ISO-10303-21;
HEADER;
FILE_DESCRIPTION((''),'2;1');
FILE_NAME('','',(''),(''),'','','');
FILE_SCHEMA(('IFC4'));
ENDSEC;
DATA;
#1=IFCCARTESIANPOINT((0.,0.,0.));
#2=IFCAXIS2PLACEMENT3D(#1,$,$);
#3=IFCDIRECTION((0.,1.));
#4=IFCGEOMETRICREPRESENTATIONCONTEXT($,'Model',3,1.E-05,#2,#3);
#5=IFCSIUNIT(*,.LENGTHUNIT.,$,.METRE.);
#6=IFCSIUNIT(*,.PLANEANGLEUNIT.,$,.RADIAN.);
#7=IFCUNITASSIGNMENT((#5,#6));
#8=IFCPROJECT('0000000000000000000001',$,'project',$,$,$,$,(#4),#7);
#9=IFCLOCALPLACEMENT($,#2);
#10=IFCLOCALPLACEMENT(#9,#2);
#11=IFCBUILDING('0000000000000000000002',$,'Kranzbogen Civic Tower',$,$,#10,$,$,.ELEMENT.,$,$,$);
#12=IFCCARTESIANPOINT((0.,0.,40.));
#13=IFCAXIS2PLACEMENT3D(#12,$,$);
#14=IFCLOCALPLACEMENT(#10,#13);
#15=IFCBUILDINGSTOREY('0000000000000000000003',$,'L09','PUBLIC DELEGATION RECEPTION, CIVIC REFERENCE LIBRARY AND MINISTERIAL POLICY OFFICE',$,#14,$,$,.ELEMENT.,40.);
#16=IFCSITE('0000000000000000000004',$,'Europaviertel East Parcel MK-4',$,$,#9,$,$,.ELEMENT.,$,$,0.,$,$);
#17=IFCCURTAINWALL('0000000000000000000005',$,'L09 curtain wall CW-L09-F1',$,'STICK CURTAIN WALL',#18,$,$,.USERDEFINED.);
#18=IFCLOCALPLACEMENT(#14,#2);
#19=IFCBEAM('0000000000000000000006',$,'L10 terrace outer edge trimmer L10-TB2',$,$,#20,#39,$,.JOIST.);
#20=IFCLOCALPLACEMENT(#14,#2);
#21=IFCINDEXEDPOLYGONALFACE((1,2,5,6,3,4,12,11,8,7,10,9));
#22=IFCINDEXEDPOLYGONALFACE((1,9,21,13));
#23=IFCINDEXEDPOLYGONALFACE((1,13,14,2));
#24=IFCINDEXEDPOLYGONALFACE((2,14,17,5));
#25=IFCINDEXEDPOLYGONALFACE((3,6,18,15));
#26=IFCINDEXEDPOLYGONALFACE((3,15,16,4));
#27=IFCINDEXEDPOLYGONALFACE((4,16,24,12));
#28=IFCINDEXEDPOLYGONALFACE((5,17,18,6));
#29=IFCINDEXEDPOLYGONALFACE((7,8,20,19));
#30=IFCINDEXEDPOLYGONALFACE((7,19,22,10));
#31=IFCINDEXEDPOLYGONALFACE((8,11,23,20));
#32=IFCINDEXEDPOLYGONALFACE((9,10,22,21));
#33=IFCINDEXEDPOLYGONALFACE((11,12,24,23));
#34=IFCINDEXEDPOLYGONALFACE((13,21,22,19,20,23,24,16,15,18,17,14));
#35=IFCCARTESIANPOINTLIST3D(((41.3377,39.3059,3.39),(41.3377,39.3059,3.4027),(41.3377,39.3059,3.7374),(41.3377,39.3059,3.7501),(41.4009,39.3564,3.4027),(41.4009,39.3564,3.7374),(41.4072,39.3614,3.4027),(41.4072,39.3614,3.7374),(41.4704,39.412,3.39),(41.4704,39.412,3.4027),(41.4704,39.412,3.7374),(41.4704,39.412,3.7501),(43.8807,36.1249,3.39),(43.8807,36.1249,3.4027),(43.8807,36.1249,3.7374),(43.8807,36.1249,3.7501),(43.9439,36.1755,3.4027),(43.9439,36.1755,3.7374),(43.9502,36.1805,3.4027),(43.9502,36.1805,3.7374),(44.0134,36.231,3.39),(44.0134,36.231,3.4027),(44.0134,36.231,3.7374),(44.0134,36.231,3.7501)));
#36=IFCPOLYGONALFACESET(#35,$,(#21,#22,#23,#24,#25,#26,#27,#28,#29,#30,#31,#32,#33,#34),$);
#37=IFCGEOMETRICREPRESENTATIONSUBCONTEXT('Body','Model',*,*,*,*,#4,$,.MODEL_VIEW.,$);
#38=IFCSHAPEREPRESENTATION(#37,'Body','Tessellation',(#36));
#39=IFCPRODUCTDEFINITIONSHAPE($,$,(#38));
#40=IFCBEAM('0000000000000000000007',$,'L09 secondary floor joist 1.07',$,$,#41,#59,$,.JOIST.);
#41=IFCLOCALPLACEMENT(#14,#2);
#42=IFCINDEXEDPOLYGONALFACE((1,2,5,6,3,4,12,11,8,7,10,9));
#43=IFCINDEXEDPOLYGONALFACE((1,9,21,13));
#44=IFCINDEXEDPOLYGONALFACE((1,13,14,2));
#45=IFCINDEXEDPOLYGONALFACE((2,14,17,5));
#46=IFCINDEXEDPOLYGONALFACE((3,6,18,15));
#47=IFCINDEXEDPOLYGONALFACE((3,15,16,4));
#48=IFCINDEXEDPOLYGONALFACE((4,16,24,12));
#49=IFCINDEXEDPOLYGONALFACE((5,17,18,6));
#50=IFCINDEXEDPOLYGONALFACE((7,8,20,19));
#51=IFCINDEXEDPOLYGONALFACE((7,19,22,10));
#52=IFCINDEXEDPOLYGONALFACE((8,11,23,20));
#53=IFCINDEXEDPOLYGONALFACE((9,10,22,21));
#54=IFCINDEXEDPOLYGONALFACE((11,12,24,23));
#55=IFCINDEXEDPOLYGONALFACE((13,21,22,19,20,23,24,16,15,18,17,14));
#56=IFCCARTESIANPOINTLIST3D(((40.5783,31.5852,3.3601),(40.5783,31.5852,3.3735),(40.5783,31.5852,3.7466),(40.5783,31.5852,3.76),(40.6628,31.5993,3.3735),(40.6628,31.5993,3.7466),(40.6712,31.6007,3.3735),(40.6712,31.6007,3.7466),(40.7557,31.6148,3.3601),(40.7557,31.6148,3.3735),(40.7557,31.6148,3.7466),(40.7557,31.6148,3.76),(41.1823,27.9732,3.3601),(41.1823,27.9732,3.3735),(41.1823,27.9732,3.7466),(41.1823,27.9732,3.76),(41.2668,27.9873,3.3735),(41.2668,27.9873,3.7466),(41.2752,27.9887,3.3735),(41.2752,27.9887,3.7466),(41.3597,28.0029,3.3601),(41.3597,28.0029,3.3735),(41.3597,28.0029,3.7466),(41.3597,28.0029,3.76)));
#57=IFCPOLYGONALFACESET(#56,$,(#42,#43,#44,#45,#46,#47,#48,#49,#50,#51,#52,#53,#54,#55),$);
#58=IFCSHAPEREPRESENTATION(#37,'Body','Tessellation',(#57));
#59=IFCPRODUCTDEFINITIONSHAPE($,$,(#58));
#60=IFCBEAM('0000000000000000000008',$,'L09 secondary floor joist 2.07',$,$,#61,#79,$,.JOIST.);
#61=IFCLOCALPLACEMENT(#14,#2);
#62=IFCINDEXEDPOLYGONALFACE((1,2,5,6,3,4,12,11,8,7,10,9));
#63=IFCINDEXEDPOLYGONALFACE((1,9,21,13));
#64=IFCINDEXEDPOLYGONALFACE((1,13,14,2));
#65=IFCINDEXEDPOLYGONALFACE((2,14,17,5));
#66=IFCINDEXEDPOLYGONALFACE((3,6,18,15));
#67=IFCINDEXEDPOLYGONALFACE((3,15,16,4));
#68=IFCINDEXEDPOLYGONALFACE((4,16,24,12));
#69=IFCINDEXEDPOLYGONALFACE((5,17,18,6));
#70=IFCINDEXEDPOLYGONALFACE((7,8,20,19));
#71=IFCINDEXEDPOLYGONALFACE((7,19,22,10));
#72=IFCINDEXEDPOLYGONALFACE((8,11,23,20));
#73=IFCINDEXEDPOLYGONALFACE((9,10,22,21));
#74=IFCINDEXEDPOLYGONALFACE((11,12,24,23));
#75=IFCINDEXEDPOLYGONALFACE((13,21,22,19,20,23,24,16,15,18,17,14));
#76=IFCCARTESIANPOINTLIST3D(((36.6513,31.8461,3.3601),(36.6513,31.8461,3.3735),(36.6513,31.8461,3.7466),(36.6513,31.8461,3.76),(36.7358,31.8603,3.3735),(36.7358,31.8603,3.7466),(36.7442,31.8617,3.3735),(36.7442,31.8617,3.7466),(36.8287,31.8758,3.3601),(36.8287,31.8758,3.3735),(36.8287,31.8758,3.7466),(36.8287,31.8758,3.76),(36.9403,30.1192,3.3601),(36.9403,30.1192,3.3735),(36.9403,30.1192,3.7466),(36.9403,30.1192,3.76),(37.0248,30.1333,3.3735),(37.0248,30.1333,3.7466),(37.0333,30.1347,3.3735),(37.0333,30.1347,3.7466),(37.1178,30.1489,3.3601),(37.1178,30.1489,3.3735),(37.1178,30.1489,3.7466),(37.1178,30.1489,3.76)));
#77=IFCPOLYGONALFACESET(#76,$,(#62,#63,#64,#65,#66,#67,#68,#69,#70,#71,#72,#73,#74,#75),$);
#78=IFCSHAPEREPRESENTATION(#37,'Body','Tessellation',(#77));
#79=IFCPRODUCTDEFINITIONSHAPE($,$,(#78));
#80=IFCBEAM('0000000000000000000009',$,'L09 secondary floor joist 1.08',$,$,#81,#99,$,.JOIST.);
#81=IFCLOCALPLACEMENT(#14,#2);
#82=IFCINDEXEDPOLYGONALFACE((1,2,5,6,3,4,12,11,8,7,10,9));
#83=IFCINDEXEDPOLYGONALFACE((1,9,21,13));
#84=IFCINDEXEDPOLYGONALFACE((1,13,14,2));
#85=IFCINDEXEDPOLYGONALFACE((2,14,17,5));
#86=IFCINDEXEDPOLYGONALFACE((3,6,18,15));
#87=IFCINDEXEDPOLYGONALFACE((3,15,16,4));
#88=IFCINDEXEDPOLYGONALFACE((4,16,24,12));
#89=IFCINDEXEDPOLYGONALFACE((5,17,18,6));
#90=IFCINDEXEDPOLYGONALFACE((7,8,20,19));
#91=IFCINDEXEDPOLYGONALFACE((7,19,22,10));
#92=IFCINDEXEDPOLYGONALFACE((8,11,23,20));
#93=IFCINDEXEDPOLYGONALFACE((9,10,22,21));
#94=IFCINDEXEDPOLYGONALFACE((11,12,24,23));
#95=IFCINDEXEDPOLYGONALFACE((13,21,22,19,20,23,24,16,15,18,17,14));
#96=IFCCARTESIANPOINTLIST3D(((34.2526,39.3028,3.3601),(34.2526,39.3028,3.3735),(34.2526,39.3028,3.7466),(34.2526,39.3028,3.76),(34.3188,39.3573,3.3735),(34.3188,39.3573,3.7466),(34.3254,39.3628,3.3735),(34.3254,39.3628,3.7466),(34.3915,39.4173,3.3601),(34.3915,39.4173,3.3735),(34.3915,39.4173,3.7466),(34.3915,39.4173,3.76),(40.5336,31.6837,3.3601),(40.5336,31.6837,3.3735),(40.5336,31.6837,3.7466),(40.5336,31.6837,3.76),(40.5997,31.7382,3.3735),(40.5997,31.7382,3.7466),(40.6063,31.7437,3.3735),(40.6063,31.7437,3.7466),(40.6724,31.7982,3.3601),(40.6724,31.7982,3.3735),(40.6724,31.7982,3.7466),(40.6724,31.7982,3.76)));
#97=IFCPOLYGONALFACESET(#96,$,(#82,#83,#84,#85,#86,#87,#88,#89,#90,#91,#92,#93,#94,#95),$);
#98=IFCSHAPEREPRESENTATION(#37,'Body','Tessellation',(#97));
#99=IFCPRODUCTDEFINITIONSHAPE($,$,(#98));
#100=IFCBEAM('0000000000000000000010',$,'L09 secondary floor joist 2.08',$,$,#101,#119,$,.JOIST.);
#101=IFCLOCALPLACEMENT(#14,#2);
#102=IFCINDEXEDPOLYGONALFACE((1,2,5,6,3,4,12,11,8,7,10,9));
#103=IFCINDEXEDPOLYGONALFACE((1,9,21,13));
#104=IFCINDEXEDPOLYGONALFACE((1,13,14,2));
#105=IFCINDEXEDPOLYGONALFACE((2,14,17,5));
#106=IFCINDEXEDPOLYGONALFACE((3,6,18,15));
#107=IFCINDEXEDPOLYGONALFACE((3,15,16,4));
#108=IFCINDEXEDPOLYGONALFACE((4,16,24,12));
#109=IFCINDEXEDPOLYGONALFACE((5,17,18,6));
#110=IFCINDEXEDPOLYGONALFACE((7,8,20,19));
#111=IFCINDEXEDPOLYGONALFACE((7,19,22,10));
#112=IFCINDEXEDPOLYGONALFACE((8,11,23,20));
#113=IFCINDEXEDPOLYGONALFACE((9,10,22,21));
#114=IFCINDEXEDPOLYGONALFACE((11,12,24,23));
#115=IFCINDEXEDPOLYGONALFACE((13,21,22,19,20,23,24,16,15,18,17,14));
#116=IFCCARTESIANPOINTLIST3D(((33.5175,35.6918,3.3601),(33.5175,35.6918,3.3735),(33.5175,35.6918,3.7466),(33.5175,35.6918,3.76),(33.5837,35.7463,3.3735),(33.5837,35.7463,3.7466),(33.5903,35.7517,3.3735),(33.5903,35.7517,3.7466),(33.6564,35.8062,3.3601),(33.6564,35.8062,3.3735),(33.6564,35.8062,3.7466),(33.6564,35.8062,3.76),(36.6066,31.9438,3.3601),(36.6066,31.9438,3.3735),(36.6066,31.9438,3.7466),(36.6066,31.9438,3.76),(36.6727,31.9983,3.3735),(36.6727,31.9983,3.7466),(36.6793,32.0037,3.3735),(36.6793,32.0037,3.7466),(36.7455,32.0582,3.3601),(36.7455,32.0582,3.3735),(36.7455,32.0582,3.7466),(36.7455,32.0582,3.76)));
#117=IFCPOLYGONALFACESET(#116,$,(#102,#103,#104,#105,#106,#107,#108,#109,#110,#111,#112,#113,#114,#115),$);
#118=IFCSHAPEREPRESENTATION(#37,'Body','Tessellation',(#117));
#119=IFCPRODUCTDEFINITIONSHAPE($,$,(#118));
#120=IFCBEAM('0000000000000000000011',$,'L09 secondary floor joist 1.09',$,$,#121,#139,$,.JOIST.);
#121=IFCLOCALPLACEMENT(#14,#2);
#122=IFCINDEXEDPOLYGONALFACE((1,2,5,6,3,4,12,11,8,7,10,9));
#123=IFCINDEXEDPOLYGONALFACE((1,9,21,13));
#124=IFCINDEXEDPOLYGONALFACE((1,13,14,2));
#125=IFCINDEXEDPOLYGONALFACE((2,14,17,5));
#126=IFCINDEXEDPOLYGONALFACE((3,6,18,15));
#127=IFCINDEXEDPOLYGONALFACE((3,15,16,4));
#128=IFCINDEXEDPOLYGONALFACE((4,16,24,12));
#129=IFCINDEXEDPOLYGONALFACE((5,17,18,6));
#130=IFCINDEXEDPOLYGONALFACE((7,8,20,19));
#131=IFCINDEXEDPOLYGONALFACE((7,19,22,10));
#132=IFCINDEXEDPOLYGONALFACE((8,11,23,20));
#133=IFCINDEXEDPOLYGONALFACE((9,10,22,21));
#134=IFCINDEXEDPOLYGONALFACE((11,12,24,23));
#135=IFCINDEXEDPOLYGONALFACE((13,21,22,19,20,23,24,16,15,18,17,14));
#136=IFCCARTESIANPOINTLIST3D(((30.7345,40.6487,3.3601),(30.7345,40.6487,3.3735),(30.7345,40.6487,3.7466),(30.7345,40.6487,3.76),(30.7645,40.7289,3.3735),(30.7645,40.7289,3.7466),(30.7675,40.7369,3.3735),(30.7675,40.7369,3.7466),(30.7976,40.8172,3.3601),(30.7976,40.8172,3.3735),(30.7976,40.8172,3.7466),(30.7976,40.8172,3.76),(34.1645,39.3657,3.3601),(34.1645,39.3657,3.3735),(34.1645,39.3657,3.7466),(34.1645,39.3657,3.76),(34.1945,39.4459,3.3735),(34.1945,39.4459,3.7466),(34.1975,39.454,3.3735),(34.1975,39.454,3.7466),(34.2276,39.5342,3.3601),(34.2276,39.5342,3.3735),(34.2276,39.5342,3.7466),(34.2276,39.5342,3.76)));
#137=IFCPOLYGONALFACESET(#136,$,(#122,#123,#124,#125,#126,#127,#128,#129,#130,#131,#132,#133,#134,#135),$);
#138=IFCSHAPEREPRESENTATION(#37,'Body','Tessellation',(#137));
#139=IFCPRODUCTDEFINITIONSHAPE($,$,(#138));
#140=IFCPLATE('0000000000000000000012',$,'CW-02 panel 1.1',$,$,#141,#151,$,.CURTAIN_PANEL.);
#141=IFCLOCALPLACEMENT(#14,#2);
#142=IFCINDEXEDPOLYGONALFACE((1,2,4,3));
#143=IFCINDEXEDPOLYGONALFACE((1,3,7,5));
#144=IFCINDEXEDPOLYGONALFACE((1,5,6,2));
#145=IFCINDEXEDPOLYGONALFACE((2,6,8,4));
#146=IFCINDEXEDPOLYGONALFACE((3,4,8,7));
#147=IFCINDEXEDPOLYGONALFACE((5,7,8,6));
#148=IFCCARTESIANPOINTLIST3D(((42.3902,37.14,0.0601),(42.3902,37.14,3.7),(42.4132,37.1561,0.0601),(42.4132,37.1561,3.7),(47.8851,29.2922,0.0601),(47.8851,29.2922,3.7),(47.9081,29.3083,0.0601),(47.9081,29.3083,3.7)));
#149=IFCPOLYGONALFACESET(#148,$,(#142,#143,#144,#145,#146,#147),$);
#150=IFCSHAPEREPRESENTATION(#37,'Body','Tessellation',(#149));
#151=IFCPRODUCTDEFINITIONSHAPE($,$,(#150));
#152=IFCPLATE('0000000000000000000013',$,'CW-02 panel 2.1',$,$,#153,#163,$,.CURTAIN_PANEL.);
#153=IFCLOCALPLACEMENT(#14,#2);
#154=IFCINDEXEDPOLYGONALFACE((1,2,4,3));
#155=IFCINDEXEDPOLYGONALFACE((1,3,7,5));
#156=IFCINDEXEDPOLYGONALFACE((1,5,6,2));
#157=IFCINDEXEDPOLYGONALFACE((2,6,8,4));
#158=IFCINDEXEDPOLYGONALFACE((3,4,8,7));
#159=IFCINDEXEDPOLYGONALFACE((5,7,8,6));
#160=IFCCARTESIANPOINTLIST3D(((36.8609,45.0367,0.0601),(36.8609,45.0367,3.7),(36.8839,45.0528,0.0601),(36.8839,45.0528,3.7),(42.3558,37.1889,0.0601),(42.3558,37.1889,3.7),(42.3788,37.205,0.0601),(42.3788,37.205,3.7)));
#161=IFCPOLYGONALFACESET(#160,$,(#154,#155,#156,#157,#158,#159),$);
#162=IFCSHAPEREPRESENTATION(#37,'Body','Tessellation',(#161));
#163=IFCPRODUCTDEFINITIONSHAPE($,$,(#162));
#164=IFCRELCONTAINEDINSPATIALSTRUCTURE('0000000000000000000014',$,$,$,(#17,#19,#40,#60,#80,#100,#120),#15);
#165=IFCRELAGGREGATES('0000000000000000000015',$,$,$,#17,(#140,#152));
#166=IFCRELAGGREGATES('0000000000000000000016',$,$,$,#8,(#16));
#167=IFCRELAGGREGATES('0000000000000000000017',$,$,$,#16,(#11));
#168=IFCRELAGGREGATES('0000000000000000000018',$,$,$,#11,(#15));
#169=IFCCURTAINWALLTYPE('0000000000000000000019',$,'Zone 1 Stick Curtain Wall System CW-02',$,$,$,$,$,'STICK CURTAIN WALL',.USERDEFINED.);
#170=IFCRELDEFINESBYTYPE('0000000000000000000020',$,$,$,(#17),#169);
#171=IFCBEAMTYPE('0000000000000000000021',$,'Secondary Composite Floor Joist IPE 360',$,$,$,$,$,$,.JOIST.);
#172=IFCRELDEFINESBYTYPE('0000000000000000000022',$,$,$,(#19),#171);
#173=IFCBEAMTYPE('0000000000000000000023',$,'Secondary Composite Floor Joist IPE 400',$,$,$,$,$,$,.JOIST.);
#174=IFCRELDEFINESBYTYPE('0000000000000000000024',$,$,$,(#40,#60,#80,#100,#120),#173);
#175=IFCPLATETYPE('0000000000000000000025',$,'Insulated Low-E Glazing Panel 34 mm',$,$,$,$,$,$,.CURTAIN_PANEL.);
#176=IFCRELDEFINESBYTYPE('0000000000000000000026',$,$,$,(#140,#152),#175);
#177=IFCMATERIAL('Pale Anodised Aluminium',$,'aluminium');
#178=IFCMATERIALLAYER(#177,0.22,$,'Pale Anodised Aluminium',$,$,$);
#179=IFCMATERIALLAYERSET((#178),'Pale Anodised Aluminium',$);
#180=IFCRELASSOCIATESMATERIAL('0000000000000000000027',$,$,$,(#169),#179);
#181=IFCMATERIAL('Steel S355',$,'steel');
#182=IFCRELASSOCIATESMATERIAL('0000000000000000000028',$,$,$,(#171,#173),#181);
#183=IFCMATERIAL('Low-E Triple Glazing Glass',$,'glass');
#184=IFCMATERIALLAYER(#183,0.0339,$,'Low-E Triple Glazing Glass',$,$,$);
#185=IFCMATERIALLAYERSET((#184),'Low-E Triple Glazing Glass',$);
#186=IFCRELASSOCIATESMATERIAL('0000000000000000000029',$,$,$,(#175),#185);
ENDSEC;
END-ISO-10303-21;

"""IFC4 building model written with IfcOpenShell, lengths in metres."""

from ifc_helpers import new_model, si_unit, direction, frame, origin, origin_2d, place, context, subcontext, project, spatial, rectangle, i_section, extrude, material, layer, layer_set, material_profile, profile_set, type_object, element, aggregate, save


model = new_model("IFC4")

# Units and contexts
model_context = context("Model", 3, precision=1e-05, world=origin(), true_north=direction((0.0, 1.0)))
body_context = subcontext(model_context, "Body", "Model", "MODEL_VIEW")
ifc_project = project(units=[si_unit("LENGTHUNIT", "METRE"), si_unit("PLANEANGLEUNIT", "RADIAN")], contexts=[model_context])

# Site, building, storey
site_placement = place(None, origin())
site = spatial("IfcSite", under=ifc_project, at=site_placement, Name="Europaviertel East Parcel MK-4", CompositionType="ELEMENT", RefElevation=0.0)
building_placement = place(site_placement, origin())
building = spatial("IfcBuilding", under=site, at=building_placement, Name="Kranzbogen Civic Tower", CompositionType="ELEMENT")
storey_placement = place(building_placement, frame((0.0, 0.0, 40.0)))
storey = spatial("IfcBuildingStorey", under=building, at=storey_placement, Name="L09", Description="PUBLIC DELEGATION RECEPTION, CIVIC REFERENCE LIBRARY AND MINISTERIAL POLICY OFFICE", CompositionType="ELEMENT", Elevation=40.0)

# Shared definitions
ifc_material_1 = material(Name="Steel S355", Category="steel")

# Curtain wall
ifc_material_2 = material(Name="Pale Anodised Aluminium", Category="aluminium")
ifc_layer_1 = layer(ifc_material_2, 0.22, Name="Pale Anodised Aluminium")
ifc_layer_set_1 = layer_set([ifc_layer_1], Name="Pale Anodised Aluminium")
curtain_wall_type = type_object("IfcCurtainWallType", Name="Zone 1 Stick Curtain Wall System CW-02", ElementType="STICK CURTAIN WALL", PredefinedType="USERDEFINED", material=ifc_layer_set_1)
curtain_wall_1_placement = place(storey_placement, origin())
curtain_wall_1 = element("IfcCurtainWall", 1, at=curtain_wall_1_placement, inside=storey, type_object=curtain_wall_type, Name="L09 curtain wall CW-L09-F1", ObjectType="STICK CURTAIN WALL", PredefinedType="USERDEFINED")

# Beams
ifc_material_profile_1 = material_profile(ifc_material_1, i_section(OverallWidth=0.1699, OverallDepth=0.3601, WebThickness=0.0081, FlangeThickness=0.0127, at=origin_2d()), Name="IPE 360")
ifc_profile_set_1 = profile_set([ifc_material_profile_1], Name="Steel S355")
beam_type_1 = type_object("IfcBeamType", Name="Secondary Composite Floor Joist IPE 360", PredefinedType="JOIST", material=ifc_profile_set_1)
beam_1_placement = place(storey_placement, frame((43.947, 36.178, 3.5701), z_axis=(-0.624432, 0.781079, 0.0), x_axis=(-0.781079, -0.624432, 0.0)))
element("IfcBeam", 2, at=beam_1_placement, inside=storey, type_object=beam_type_1, Name="L10 terrace outer edge trimmer L10-TB2", PredefinedType="JOIST", context=body_context, shape_type="SweptSolid", body=[
    extrude(i_section(OverallWidth=0.1699, OverallDepth=0.3601, WebThickness=0.0081, FlangeThickness=0.0127, at=origin_2d()), origin(), (0.0, 0.0, 1.0), 4.0725),
])
ifc_material_profile_2 = material_profile(ifc_material_1, i_section(OverallWidth=0.1799, OverallDepth=0.3999, WebThickness=0.0085, FlangeThickness=0.0134, at=origin_2d()), Name="IPE 400")
ifc_profile_set_2 = profile_set([ifc_material_profile_2], Name="Steel S355")
beam_type_2 = type_object("IfcBeamType", Name="Secondary Composite Floor Joist IPE 400", PredefinedType="JOIST", material=ifc_profile_set_2)
beam_2_placement = place(storey_placement, frame((41.271, 27.988, 3.5601), z_axis=(-0.164929, 0.986305, 0.0), x_axis=(-0.986305, -0.164929, 0.0)))
element("IfcBeam", 3, at=beam_2_placement, inside=storey, type_object=beam_type_2, Name="L09 secondary floor joist 1.07", PredefinedType="JOIST", context=body_context, shape_type="SweptSolid", body=[
    extrude(i_section(OverallWidth=0.1799, OverallDepth=0.3999, WebThickness=0.0085, FlangeThickness=0.0134, at=origin_2d()), origin(), (0.0, 0.0, 1.0), 3.6621),
])
beam_3_placement = place(storey_placement, frame((37.0291, 30.134, 3.5601), z_axis=(-0.165077, 0.986281, 0.0), x_axis=(-0.986281, -0.165077, 0.0)))
element("IfcBeam", 4, at=beam_3_placement, inside=storey, type_object=beam_type_2, Name="L09 secondary floor joist 2.07", PredefinedType="JOIST", context=body_context, shape_type="SweptSolid", body=[
    extrude(i_section(OverallWidth=0.1799, OverallDepth=0.3999, WebThickness=0.0085, FlangeThickness=0.0134, at=origin_2d()), origin(), (0.0, 0.0, 1.0), 1.751),
])
beam_4_placement = place(storey_placement, frame((40.603, 31.741, 3.5601), z_axis=(-0.636095, 0.771611, 0.0), x_axis=(-0.771611, -0.636095, 0.0)))
element("IfcBeam", 5, at=beam_4_placement, inside=storey, type_object=beam_type_2, Name="L09 secondary floor joist 1.08", PredefinedType="JOIST", context=body_context, shape_type="SweptSolid", body=[
    extrude(i_section(OverallWidth=0.1799, OverallDepth=0.3999, WebThickness=0.0085, FlangeThickness=0.0134, at=origin_2d()), origin(), (0.0, 0.0, 1.0), 9.8743),
])
beam_5_placement = place(storey_placement, frame((36.676, 32.001, 3.5601), z_axis=(-0.636012, 0.771679, 0.0), x_axis=(-0.771679, -0.636012, 0.0)))
element("IfcBeam", 6, at=beam_5_placement, inside=storey, type_object=beam_type_2, Name="L09 secondary floor joist 2.08", PredefinedType="JOIST", context=body_context, shape_type="SweptSolid", body=[
    extrude(i_section(OverallWidth=0.1799, OverallDepth=0.3999, WebThickness=0.0085, FlangeThickness=0.0134, at=origin_2d()), origin(), (0.0, 0.0, 1.0), 4.8569),
])
beam_6_placement = place(storey_placement, frame((34.196, 39.45, 3.5601), z_axis=(-0.936622, 0.350342, 0.0), x_axis=(-0.350342, -0.936622, 0.0)))
element("IfcBeam", 7, at=beam_6_placement, inside=storey, type_object=beam_type_2, Name="L09 secondary floor joist 1.09", PredefinedType="JOIST", context=body_context, shape_type="SweptSolid", body=[
    extrude(i_section(OverallWidth=0.1799, OverallDepth=0.3999, WebThickness=0.0085, FlangeThickness=0.0134, at=origin_2d()), origin(), (0.0, 0.0, 1.0), 3.6621),
])

# Plates
ifc_material_3 = material(Name="Low-E Triple Glazing Glass", Category="glass")
ifc_layer_2 = layer(ifc_material_3, 0.0339, Name="Low-E Triple Glazing Glass")
ifc_layer_set_2 = layer_set([ifc_layer_2], Name="Low-E Triple Glazing Glass")
plate_type = type_object("IfcPlateType", Name="Insulated Low-E Glazing Panel 34 mm", PredefinedType="CURTAIN_PANEL", material=ifc_layer_set_2)
plate_1_placement = place(storey_placement, frame((45.1492, 33.2241, 0.0601), z_axis=(0.0, 0.0, 1.0), x_axis=(-0.573563, 0.819161, 0.0)))
plate_1 = element("IfcPlate", 8, at=plate_1_placement, type_object=plate_type, Name="CW-02 panel 1.1", PredefinedType="CURTAIN_PANEL", context=body_context, shape_type="SweptSolid", body=[
    extrude(rectangle(XDim=9.5803, YDim=0.0281, at=origin_2d()), origin(), (0.0, 0.0, 1.0), 3.6399),
])
plate_2_placement = place(storey_placement, frame((39.6199, 41.1208, 0.0601), z_axis=(0.0, 0.0, 1.0), x_axis=(-0.573563, 0.819161, 0.0)))
plate_2 = element("IfcPlate", 9, at=plate_2_placement, type_object=plate_type, Name="CW-02 panel 2.1", PredefinedType="CURTAIN_PANEL", context=body_context, shape_type="SweptSolid", body=[
    extrude(rectangle(XDim=9.5803, YDim=0.0281, at=origin_2d()), origin(), (0.0, 0.0, 1.0), 3.6399),
])
aggregate(curtain_wall_1, [plate_1, plate_2])

save(model, "model.ifc")
